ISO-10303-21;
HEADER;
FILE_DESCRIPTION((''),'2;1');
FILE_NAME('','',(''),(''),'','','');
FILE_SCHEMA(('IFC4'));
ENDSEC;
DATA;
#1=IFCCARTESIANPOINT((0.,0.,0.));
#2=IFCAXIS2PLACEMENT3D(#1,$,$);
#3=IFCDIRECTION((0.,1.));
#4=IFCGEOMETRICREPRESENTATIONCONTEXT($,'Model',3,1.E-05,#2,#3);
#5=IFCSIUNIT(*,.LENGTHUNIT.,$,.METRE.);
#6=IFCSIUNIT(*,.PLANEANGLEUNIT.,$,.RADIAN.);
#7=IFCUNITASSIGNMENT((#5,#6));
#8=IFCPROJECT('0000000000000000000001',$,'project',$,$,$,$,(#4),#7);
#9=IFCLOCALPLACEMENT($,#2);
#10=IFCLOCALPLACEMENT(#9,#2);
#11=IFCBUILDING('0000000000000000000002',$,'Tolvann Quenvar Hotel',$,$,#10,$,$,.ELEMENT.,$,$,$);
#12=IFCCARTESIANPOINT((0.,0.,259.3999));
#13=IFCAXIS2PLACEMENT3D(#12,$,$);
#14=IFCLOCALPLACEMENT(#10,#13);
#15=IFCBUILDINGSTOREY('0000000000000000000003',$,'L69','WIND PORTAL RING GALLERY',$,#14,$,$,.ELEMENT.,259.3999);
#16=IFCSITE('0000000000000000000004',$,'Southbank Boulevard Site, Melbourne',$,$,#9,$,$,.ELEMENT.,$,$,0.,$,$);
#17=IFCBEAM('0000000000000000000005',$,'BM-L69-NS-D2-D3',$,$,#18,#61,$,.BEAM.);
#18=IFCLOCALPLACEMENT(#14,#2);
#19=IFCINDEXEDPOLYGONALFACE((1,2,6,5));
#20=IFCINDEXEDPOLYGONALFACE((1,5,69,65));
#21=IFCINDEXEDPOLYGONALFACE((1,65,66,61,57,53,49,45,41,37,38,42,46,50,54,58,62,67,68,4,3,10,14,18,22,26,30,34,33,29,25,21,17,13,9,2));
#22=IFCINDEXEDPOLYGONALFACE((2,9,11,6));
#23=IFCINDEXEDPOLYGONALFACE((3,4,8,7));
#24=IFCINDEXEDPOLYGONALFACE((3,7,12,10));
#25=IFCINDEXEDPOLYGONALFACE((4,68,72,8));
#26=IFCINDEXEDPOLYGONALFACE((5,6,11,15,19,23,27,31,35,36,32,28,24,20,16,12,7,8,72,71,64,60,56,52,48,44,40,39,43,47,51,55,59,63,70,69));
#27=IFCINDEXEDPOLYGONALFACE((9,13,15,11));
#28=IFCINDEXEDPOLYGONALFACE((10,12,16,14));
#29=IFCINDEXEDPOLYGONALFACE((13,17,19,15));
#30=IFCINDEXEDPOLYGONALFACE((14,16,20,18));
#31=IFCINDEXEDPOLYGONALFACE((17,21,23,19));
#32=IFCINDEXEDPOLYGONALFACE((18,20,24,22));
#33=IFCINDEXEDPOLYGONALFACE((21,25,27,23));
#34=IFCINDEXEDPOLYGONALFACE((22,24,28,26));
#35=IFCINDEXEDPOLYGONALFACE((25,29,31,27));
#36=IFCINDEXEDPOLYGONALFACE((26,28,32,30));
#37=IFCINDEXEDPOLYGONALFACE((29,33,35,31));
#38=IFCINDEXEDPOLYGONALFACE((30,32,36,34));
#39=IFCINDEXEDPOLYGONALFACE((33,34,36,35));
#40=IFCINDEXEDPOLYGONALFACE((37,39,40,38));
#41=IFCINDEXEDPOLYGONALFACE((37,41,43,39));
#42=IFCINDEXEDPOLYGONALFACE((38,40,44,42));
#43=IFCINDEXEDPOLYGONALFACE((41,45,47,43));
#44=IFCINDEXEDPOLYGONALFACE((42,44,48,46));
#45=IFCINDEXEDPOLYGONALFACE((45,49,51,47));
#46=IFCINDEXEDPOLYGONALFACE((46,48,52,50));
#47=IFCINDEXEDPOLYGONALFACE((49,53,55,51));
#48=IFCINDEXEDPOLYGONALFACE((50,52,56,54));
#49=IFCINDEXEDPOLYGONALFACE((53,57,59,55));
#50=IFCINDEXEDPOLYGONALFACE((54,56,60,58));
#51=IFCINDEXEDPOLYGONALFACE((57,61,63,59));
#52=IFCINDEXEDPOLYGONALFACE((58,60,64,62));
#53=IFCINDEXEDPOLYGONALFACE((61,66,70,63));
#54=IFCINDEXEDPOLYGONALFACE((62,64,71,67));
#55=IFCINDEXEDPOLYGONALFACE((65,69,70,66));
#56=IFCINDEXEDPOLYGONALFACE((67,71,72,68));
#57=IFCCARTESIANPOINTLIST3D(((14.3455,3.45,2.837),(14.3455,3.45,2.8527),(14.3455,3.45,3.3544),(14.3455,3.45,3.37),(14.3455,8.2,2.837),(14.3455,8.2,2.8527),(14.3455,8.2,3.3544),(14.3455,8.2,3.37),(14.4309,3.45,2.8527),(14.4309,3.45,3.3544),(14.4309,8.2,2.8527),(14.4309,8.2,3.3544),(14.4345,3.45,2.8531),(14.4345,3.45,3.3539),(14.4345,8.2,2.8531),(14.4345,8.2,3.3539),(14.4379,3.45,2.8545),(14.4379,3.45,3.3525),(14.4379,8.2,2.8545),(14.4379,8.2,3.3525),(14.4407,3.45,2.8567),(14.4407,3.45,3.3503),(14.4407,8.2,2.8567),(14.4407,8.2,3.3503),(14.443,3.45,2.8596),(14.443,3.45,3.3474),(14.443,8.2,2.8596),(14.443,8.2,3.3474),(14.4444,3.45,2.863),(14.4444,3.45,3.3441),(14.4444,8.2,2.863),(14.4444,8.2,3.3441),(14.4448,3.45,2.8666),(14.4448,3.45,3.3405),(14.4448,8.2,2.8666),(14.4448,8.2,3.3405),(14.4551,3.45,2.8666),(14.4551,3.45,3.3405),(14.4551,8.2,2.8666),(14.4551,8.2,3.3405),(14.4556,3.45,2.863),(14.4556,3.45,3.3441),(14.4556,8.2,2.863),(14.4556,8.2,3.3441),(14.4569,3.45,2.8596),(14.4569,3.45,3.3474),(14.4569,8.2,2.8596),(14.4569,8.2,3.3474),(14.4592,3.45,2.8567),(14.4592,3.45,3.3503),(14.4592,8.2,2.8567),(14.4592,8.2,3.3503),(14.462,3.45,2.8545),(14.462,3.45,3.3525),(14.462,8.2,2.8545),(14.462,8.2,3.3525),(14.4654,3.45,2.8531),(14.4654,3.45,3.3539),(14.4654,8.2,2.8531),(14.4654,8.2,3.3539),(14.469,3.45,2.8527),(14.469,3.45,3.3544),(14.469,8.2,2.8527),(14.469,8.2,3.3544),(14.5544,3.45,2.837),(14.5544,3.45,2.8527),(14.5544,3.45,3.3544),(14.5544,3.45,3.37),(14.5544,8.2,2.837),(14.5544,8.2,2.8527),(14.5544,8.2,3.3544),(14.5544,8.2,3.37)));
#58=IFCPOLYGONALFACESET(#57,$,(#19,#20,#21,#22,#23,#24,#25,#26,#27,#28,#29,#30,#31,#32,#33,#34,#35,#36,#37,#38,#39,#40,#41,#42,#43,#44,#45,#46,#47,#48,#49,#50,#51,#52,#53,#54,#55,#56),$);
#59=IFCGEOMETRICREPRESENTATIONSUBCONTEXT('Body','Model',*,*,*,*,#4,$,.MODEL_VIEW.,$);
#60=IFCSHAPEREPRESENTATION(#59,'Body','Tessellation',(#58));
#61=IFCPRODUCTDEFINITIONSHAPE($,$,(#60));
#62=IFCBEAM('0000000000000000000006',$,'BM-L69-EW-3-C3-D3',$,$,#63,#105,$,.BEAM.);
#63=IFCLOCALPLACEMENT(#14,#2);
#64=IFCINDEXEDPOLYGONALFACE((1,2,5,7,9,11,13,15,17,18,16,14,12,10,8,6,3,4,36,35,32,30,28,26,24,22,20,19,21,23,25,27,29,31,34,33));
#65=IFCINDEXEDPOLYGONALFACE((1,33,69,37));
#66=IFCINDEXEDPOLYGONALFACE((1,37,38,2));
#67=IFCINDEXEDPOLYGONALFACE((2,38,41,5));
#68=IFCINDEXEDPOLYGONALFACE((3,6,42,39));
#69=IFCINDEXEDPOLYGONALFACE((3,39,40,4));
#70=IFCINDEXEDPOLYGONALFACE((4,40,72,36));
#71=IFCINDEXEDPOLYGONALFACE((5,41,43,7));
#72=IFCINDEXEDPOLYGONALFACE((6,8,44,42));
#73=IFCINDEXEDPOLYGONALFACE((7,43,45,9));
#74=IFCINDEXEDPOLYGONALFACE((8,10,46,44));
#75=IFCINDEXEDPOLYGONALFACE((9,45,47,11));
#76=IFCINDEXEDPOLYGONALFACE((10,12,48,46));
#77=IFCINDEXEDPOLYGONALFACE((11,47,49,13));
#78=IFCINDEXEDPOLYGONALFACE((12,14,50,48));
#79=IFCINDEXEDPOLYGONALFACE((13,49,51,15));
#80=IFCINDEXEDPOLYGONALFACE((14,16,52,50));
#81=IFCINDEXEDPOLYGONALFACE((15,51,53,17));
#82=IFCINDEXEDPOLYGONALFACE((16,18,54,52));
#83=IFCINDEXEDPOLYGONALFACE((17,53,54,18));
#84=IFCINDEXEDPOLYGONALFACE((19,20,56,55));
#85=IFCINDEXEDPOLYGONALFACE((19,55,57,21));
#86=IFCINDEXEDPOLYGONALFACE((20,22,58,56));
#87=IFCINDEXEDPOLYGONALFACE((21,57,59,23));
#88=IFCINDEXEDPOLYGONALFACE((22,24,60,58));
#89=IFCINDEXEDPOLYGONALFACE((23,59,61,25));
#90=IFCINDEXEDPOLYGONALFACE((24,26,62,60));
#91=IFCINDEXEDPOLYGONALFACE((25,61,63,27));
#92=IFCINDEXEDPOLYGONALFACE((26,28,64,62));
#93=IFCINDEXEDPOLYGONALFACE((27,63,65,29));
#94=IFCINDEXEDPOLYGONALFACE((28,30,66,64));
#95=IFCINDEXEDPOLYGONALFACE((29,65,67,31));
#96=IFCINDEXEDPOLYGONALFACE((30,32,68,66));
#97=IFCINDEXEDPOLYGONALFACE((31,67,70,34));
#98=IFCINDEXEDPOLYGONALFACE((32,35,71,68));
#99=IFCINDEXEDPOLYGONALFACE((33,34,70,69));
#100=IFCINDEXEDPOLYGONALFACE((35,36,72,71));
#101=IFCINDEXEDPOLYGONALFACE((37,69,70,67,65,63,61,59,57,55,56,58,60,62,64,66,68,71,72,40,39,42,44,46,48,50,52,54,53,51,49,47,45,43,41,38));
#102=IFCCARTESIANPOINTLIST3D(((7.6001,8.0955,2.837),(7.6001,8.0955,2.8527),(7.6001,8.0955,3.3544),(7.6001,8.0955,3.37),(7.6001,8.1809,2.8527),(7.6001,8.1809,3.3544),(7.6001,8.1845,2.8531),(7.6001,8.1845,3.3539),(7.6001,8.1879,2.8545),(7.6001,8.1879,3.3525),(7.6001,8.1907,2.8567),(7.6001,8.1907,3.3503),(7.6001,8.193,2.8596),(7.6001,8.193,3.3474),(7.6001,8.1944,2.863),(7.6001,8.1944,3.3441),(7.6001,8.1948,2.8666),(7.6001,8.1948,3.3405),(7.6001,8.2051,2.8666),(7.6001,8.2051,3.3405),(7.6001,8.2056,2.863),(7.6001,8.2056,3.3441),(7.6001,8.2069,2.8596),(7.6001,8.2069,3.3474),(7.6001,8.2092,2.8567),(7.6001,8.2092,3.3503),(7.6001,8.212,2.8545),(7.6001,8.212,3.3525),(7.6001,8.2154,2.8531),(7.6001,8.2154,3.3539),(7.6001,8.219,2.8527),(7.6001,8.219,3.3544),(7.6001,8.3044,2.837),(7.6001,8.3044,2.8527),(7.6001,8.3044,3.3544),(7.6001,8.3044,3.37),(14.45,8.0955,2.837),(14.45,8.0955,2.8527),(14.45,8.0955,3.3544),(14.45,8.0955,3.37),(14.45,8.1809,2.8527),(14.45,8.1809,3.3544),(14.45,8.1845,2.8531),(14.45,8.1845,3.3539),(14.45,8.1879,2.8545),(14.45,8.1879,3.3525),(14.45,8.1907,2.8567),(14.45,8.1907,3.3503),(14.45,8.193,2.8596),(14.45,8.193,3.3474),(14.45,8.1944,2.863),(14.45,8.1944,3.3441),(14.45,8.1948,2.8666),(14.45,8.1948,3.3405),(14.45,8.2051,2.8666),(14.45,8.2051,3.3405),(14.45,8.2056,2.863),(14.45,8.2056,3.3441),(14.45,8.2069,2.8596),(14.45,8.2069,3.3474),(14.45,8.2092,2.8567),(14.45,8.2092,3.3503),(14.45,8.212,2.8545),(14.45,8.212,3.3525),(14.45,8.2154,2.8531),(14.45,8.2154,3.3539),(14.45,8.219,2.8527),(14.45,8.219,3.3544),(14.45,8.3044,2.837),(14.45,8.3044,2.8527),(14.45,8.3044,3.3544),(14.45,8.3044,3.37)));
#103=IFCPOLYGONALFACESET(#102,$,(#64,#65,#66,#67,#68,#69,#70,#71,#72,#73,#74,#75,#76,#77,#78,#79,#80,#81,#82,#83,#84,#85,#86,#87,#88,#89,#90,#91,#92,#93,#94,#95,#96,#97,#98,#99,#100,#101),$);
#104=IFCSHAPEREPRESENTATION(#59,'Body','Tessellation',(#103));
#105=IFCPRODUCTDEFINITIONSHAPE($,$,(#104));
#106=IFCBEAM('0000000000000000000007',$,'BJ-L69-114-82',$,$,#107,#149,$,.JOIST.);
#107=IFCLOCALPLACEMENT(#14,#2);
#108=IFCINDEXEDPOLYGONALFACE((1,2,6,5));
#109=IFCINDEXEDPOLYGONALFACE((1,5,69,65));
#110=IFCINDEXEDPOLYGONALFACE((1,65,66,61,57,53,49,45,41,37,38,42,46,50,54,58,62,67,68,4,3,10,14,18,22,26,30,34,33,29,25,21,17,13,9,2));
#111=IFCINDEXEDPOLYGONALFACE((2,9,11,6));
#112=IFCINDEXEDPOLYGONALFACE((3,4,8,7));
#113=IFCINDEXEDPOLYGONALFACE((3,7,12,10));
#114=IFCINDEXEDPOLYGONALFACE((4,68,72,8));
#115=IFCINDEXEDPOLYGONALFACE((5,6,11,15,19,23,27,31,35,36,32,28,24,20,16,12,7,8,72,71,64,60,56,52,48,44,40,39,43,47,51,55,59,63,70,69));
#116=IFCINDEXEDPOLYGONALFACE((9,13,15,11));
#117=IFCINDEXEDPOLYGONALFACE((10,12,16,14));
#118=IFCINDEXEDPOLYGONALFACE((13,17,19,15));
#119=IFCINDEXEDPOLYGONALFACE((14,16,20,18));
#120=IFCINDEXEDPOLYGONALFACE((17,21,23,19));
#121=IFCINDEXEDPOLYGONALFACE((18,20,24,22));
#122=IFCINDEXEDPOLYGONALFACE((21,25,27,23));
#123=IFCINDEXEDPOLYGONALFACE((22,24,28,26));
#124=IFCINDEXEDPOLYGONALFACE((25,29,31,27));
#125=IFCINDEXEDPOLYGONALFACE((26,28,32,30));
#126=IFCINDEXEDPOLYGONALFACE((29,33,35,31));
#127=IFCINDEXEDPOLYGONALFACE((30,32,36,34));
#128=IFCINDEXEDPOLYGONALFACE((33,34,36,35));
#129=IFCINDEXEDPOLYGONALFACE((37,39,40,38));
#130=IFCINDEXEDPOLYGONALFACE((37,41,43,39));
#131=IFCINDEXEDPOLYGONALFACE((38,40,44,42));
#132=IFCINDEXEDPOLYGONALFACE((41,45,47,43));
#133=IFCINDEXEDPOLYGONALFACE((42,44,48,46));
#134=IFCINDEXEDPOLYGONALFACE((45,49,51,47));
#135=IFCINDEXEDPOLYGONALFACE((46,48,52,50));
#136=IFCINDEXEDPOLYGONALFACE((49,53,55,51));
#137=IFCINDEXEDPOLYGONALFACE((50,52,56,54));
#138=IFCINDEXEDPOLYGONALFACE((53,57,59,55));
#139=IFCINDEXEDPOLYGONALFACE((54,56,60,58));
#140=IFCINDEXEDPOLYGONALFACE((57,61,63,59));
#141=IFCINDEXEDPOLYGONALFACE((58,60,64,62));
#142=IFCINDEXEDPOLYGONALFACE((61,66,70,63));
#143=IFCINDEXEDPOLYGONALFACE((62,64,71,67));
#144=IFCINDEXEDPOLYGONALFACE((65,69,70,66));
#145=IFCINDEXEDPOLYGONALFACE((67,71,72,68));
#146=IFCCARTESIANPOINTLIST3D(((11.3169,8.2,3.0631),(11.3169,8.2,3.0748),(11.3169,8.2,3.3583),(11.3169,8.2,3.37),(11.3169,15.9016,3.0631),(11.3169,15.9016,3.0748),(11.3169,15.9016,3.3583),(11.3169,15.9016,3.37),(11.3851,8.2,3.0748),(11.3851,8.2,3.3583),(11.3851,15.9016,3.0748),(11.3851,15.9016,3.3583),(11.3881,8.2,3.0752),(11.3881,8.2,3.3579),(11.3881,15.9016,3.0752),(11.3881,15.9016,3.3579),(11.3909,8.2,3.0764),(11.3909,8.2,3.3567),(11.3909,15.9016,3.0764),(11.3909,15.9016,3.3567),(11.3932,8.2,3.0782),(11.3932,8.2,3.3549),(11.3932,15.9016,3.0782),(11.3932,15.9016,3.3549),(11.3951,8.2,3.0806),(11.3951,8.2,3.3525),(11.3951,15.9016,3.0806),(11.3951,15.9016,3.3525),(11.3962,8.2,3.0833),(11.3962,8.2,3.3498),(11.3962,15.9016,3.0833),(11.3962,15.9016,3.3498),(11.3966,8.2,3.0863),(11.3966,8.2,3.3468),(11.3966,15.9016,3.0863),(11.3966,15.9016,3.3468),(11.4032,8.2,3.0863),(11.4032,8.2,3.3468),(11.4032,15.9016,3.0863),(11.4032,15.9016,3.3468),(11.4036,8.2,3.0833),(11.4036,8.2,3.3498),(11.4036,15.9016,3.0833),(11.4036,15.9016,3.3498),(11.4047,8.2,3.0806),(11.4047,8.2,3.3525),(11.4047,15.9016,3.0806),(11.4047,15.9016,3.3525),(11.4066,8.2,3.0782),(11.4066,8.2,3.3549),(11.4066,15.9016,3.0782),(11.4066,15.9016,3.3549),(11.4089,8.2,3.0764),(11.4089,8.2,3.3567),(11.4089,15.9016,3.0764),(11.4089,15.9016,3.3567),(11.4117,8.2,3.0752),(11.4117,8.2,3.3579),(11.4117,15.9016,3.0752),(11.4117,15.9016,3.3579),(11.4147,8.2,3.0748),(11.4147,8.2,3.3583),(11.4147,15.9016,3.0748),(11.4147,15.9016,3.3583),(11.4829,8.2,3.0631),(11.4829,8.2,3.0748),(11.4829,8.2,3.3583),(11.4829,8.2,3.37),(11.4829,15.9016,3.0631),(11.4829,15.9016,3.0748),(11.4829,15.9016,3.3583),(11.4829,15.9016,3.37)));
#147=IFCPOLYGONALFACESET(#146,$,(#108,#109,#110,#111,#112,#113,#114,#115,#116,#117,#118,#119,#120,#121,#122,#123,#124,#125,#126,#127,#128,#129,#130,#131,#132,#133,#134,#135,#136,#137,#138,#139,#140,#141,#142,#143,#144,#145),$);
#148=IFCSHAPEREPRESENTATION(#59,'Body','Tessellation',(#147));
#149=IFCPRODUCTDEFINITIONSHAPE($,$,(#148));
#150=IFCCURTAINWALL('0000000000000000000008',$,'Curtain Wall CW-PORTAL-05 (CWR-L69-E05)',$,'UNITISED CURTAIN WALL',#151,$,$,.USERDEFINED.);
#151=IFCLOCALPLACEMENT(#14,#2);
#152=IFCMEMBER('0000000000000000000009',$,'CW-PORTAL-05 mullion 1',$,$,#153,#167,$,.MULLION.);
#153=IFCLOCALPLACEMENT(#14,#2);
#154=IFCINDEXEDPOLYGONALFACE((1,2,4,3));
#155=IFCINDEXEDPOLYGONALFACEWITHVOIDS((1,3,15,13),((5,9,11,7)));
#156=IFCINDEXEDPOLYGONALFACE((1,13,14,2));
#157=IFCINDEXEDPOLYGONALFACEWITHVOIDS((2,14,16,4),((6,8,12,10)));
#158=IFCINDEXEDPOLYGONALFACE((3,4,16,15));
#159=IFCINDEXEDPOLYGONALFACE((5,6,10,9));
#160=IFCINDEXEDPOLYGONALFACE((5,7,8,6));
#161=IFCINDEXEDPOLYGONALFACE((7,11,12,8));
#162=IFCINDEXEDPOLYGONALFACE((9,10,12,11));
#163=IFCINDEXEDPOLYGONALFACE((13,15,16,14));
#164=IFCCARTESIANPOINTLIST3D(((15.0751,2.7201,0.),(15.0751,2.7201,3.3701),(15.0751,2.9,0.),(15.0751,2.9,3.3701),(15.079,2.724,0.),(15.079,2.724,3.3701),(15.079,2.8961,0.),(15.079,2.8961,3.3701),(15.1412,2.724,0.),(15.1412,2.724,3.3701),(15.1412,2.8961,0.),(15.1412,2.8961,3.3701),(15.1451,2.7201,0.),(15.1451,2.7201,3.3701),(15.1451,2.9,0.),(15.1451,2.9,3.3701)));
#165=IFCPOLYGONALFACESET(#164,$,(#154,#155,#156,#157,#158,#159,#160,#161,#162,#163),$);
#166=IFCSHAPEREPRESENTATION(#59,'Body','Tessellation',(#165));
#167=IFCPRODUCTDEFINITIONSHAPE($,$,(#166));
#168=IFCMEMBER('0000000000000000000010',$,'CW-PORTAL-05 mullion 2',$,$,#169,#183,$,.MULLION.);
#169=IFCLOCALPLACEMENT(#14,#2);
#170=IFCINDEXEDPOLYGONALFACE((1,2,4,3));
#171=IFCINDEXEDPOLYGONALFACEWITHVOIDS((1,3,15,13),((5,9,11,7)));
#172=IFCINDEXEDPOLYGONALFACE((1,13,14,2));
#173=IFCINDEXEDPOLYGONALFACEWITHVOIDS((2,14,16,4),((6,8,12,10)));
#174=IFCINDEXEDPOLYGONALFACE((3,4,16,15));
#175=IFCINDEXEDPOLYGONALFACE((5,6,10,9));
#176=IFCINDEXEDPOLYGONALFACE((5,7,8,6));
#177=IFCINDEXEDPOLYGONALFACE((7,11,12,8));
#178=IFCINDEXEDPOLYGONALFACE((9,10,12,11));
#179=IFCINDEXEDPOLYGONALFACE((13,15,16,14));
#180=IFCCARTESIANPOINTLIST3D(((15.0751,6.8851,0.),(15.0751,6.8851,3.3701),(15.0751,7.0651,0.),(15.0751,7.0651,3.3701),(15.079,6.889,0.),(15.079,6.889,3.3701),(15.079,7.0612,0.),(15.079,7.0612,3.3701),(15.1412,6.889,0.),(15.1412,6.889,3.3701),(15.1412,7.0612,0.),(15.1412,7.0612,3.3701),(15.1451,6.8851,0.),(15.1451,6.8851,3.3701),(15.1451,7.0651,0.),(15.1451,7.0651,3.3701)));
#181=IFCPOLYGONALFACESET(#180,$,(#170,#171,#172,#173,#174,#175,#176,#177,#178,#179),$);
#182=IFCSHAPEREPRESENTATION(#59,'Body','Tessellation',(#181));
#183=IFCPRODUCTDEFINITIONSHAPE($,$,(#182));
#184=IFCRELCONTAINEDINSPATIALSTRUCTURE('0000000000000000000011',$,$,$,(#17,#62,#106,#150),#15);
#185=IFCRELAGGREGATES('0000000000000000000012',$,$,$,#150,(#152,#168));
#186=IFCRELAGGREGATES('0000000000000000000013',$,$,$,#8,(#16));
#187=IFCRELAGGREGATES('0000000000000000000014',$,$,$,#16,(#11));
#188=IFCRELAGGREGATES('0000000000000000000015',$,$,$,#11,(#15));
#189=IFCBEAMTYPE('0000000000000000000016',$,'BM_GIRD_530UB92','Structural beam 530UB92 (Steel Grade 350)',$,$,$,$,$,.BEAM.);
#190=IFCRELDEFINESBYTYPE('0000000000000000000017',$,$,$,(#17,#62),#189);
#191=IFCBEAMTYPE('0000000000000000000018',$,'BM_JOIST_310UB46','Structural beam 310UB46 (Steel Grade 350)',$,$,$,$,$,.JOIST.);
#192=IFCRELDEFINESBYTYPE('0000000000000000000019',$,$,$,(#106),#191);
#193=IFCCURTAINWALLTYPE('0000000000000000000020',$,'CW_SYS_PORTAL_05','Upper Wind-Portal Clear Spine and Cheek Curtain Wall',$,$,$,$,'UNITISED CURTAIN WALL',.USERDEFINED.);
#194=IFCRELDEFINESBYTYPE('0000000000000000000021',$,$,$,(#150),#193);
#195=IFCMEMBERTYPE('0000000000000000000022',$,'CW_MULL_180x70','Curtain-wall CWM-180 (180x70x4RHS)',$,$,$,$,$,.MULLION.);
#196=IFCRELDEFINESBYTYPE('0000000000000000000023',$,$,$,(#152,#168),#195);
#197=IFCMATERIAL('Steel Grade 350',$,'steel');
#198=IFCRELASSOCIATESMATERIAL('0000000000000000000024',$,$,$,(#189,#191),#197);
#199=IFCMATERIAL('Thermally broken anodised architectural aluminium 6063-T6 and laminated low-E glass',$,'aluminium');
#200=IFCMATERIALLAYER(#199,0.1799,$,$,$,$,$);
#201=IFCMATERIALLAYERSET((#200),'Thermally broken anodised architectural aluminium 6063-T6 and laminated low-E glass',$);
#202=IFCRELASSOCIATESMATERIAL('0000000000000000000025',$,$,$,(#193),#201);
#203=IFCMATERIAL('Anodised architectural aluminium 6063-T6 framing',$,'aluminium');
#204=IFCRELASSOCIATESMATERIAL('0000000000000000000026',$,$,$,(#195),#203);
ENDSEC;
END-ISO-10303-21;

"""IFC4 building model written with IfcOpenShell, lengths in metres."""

from ifc_helpers import new_model, si_unit, direction, frame, origin, origin_2d, place, context, subcontext, project, spatial, hollow_rectangle, i_section, extrude, source, transform, mapped, material, layer, layer_set, material_profile, profile_set, type_object, type_shapes, element, aggregate, save


model = new_model("IFC4")

# Units and contexts
model_context = context("Model", 3, precision=1e-05, world=origin(), true_north=direction((0.0, 1.0)))
body_context = subcontext(model_context, "Body", "Model", "MODEL_VIEW")
ifc_project = project(units=[si_unit("LENGTHUNIT", "METRE"), si_unit("PLANEANGLEUNIT", "RADIAN")], contexts=[model_context])

# Site, building, storey
site_placement = place(None, origin())
site = spatial("IfcSite", under=ifc_project, at=site_placement, Name="Southbank Boulevard Site, Melbourne", CompositionType="ELEMENT", RefElevation=0.0)
building_placement = place(site_placement, origin())
building = spatial("IfcBuilding", under=site, at=building_placement, Name="Tolvann Quenvar Hotel", CompositionType="ELEMENT")
storey_placement = place(building_placement, frame((0.0, 0.0, 259.3999)))
storey = spatial("IfcBuildingStorey", under=building, at=storey_placement, Name="L69", Description="WIND PORTAL RING GALLERY", CompositionType="ELEMENT", Elevation=259.3999)

# Shared definitions
ifc_material_1 = material(Name="Steel Grade 350", Category="steel")

# Beams
ifc_material_profile_1 = material_profile(ifc_material_1, i_section(OverallWidth=0.209, OverallDepth=0.533, WebThickness=0.0103, FlangeThickness=0.0156, FilletRadius=0.0139, at=origin_2d()), Name="530UB92")
ifc_profile_set_1 = profile_set([ifc_material_profile_1], Name="Steel Grade 350")
beam_type_1 = type_object("IfcBeamType", Name="BM_GIRD_530UB92", Description="Structural beam 530UB92 (Steel Grade 350)", PredefinedType="BEAM", material=ifc_profile_set_1)
shared_shape_1 = source(origin(), body_context, "Body", "SweptSolid", [
    extrude(i_section(OverallWidth=0.209, OverallDepth=0.533, WebThickness=0.0103, FlangeThickness=0.0156, FilletRadius=0.0139, at=origin_2d()), origin(), (0.0, 0.0, 1.0), 4.75),
])
beam_1_placement = place(storey_placement, frame((14.45, 3.45, 3.1035), z_axis=(0.0, 1.0, 0.0), x_axis=(-1.0, 0.0, 0.0)))
element("IfcBeam", 1, at=beam_1_placement, inside=storey, type_object=beam_type_1, Name="BM-L69-NS-D2-D3", PredefinedType="BEAM", context=body_context, shape_type="MappedRepresentation", body=[
    mapped(shared_shape_1, transform((0.0, 0.0, 0.0), x_axis=(1.0, 0.0, 0.0), y_axis=(0.0, 1.0, 0.0), z_axis=(0.0, 0.0, 1.0), scale=1.0)),
])
shared_shape_2 = source(origin(), body_context, "Body", "SweptSolid", [
    extrude(i_section(OverallWidth=0.209, OverallDepth=0.533, WebThickness=0.0103, FlangeThickness=0.0156, FilletRadius=0.0139, at=origin_2d()), origin(), (0.0, 0.0, 1.0), 6.8499),
])
beam_2_placement = place(storey_placement, frame((7.6001, 8.2, 3.1035), z_axis=(1.0, 0.0, 0.0), x_axis=(0.0, 1.0, 0.0)))
element("IfcBeam", 2, at=beam_2_placement, inside=storey, type_object=beam_type_1, Name="BM-L69-EW-3-C3-D3", PredefinedType="BEAM", context=body_context, shape_type="MappedRepresentation", body=[
    mapped(shared_shape_2, transform((0.0, 0.0, 0.0), x_axis=(1.0, 0.0, 0.0), y_axis=(0.0, 1.0, 0.0), z_axis=(0.0, 0.0, 1.0), scale=1.0)),
])
ifc_material_profile_2 = material_profile(ifc_material_1, i_section(OverallWidth=0.166, OverallDepth=0.3069, WebThickness=0.0066, FlangeThickness=0.0117, FilletRadius=0.0115, at=origin_2d()), Name="310UB46")
ifc_profile_set_2 = profile_set([ifc_material_profile_2], Name="Steel Grade 350")
beam_type_2 = type_object("IfcBeamType", Name="BM_JOIST_310UB46", Description="Structural beam 310UB46 (Steel Grade 350)", PredefinedType="JOIST", material=ifc_profile_set_2)
shared_shape_3 = source(origin(), body_context, "Body", "SweptSolid", [
    extrude(i_section(OverallWidth=0.166, OverallDepth=0.3069, WebThickness=0.0066, FlangeThickness=0.0117, FilletRadius=0.0115, at=origin_2d()), origin(), (0.0, 0.0, 1.0), 7.7017),
])
type_shapes(beam_type_2, [shared_shape_3])
beam_3_placement = place(storey_placement, frame((11.3999, 8.2, 3.2166), z_axis=(0.0, 1.0, 0.0), x_axis=(-1.0, 0.0, 0.0)))
element("IfcBeam", 3, at=beam_3_placement, inside=storey, type_object=beam_type_2, Name="BJ-L69-114-82", PredefinedType="JOIST", context=body_context, shape_type="MappedRepresentation", body=[
    mapped(shared_shape_3, transform((0.0, 0.0, 0.0), x_axis=(1.0, 0.0, 0.0), y_axis=(0.0, 1.0, 0.0), z_axis=(0.0, 0.0, 1.0), scale=1.0)),
])

# Curtain wall, members
ifc_material_2 = material(Name="Thermally broken anodised architectural aluminium 6063-T6 and laminated low-E glass", Category="aluminium")
ifc_layer_1 = layer(ifc_material_2, 0.1799)
ifc_layer_set_1 = layer_set([ifc_layer_1], Name="Thermally broken anodised architectural aluminium 6063-T6 and laminated low-E glass")
curtain_wall_type = type_object("IfcCurtainWallType", Name="CW_SYS_PORTAL_05", Description="Upper Wind-Portal Clear Spine and Cheek Curtain Wall", ElementType="UNITISED CURTAIN WALL", PredefinedType="USERDEFINED", material=ifc_layer_set_1)
curtain_wall_placement = place(storey_placement, origin())
curtain_wall = element("IfcCurtainWall", 4, at=curtain_wall_placement, inside=storey, type_object=curtain_wall_type, Name="Curtain Wall CW-PORTAL-05 (CWR-L69-E05)", ObjectType="UNITISED CURTAIN WALL", PredefinedType="USERDEFINED")
ifc_material_3 = material(Name="Anodised architectural aluminium 6063-T6 framing", Category="aluminium")
ifc_material_profile_3 = material_profile(ifc_material_3, hollow_rectangle(XDim=0.0701, YDim=0.1799, WallThickness=0.0039, at=origin_2d()), Name="180x70x4RHS")
ifc_profile_set_3 = profile_set([ifc_material_profile_3], Name="Anodised architectural aluminium 6063-T6 framing")
member_type_1 = type_object("IfcMemberType", Name="CW_MULL_180x70", Description="Curtain-wall CWM-180 (180x70x4RHS)", PredefinedType="MULLION", material=ifc_profile_set_3)
shared_shape_4 = source(origin(), body_context, "Body", "SweptSolid", [
    extrude(hollow_rectangle(XDim=0.0701, YDim=0.1799, WallThickness=0.0039, at=origin_2d()), origin(), (0.0, 0.0, 1.0), 3.3701),
])
type_shapes(member_type_1, [shared_shape_4])
member_1_placement = place(storey_placement, frame((15.1101, 2.8101, 0.0), z_axis=(0.0, 0.0, 1.0), x_axis=(-1.0, 0.0, 0.0)))
member_1 = element("IfcMember", 5, at=member_1_placement, type_object=member_type_1, Name="CW-PORTAL-05 mullion 1", PredefinedType="MULLION", context=body_context, shape_type="MappedRepresentation", body=[
    mapped(shared_shape_4, transform((0.0, 0.0, 0.0), x_axis=(1.0, 0.0, 0.0), y_axis=(0.0, 1.0, 0.0), z_axis=(0.0, 0.0, 1.0), scale=1.0)),
])
member_2_placement = place(storey_placement, frame((15.1101, 6.9751, 0.0), z_axis=(0.0, 0.0, 1.0), x_axis=(-1.0, 0.0, 0.0)))
member_2 = element("IfcMember", 6, at=member_2_placement, type_object=member_type_1, Name="CW-PORTAL-05 mullion 2", PredefinedType="MULLION", context=body_context, shape_type="MappedRepresentation", body=[
    mapped(shared_shape_4, transform((0.0, 0.0, 0.0), x_axis=(1.0, 0.0, 0.0), y_axis=(0.0, 1.0, 0.0), z_axis=(0.0, 0.0, 1.0), scale=1.0)),
])
aggregate(curtain_wall, [member_1, member_2])

save(model, "model.ifc")
